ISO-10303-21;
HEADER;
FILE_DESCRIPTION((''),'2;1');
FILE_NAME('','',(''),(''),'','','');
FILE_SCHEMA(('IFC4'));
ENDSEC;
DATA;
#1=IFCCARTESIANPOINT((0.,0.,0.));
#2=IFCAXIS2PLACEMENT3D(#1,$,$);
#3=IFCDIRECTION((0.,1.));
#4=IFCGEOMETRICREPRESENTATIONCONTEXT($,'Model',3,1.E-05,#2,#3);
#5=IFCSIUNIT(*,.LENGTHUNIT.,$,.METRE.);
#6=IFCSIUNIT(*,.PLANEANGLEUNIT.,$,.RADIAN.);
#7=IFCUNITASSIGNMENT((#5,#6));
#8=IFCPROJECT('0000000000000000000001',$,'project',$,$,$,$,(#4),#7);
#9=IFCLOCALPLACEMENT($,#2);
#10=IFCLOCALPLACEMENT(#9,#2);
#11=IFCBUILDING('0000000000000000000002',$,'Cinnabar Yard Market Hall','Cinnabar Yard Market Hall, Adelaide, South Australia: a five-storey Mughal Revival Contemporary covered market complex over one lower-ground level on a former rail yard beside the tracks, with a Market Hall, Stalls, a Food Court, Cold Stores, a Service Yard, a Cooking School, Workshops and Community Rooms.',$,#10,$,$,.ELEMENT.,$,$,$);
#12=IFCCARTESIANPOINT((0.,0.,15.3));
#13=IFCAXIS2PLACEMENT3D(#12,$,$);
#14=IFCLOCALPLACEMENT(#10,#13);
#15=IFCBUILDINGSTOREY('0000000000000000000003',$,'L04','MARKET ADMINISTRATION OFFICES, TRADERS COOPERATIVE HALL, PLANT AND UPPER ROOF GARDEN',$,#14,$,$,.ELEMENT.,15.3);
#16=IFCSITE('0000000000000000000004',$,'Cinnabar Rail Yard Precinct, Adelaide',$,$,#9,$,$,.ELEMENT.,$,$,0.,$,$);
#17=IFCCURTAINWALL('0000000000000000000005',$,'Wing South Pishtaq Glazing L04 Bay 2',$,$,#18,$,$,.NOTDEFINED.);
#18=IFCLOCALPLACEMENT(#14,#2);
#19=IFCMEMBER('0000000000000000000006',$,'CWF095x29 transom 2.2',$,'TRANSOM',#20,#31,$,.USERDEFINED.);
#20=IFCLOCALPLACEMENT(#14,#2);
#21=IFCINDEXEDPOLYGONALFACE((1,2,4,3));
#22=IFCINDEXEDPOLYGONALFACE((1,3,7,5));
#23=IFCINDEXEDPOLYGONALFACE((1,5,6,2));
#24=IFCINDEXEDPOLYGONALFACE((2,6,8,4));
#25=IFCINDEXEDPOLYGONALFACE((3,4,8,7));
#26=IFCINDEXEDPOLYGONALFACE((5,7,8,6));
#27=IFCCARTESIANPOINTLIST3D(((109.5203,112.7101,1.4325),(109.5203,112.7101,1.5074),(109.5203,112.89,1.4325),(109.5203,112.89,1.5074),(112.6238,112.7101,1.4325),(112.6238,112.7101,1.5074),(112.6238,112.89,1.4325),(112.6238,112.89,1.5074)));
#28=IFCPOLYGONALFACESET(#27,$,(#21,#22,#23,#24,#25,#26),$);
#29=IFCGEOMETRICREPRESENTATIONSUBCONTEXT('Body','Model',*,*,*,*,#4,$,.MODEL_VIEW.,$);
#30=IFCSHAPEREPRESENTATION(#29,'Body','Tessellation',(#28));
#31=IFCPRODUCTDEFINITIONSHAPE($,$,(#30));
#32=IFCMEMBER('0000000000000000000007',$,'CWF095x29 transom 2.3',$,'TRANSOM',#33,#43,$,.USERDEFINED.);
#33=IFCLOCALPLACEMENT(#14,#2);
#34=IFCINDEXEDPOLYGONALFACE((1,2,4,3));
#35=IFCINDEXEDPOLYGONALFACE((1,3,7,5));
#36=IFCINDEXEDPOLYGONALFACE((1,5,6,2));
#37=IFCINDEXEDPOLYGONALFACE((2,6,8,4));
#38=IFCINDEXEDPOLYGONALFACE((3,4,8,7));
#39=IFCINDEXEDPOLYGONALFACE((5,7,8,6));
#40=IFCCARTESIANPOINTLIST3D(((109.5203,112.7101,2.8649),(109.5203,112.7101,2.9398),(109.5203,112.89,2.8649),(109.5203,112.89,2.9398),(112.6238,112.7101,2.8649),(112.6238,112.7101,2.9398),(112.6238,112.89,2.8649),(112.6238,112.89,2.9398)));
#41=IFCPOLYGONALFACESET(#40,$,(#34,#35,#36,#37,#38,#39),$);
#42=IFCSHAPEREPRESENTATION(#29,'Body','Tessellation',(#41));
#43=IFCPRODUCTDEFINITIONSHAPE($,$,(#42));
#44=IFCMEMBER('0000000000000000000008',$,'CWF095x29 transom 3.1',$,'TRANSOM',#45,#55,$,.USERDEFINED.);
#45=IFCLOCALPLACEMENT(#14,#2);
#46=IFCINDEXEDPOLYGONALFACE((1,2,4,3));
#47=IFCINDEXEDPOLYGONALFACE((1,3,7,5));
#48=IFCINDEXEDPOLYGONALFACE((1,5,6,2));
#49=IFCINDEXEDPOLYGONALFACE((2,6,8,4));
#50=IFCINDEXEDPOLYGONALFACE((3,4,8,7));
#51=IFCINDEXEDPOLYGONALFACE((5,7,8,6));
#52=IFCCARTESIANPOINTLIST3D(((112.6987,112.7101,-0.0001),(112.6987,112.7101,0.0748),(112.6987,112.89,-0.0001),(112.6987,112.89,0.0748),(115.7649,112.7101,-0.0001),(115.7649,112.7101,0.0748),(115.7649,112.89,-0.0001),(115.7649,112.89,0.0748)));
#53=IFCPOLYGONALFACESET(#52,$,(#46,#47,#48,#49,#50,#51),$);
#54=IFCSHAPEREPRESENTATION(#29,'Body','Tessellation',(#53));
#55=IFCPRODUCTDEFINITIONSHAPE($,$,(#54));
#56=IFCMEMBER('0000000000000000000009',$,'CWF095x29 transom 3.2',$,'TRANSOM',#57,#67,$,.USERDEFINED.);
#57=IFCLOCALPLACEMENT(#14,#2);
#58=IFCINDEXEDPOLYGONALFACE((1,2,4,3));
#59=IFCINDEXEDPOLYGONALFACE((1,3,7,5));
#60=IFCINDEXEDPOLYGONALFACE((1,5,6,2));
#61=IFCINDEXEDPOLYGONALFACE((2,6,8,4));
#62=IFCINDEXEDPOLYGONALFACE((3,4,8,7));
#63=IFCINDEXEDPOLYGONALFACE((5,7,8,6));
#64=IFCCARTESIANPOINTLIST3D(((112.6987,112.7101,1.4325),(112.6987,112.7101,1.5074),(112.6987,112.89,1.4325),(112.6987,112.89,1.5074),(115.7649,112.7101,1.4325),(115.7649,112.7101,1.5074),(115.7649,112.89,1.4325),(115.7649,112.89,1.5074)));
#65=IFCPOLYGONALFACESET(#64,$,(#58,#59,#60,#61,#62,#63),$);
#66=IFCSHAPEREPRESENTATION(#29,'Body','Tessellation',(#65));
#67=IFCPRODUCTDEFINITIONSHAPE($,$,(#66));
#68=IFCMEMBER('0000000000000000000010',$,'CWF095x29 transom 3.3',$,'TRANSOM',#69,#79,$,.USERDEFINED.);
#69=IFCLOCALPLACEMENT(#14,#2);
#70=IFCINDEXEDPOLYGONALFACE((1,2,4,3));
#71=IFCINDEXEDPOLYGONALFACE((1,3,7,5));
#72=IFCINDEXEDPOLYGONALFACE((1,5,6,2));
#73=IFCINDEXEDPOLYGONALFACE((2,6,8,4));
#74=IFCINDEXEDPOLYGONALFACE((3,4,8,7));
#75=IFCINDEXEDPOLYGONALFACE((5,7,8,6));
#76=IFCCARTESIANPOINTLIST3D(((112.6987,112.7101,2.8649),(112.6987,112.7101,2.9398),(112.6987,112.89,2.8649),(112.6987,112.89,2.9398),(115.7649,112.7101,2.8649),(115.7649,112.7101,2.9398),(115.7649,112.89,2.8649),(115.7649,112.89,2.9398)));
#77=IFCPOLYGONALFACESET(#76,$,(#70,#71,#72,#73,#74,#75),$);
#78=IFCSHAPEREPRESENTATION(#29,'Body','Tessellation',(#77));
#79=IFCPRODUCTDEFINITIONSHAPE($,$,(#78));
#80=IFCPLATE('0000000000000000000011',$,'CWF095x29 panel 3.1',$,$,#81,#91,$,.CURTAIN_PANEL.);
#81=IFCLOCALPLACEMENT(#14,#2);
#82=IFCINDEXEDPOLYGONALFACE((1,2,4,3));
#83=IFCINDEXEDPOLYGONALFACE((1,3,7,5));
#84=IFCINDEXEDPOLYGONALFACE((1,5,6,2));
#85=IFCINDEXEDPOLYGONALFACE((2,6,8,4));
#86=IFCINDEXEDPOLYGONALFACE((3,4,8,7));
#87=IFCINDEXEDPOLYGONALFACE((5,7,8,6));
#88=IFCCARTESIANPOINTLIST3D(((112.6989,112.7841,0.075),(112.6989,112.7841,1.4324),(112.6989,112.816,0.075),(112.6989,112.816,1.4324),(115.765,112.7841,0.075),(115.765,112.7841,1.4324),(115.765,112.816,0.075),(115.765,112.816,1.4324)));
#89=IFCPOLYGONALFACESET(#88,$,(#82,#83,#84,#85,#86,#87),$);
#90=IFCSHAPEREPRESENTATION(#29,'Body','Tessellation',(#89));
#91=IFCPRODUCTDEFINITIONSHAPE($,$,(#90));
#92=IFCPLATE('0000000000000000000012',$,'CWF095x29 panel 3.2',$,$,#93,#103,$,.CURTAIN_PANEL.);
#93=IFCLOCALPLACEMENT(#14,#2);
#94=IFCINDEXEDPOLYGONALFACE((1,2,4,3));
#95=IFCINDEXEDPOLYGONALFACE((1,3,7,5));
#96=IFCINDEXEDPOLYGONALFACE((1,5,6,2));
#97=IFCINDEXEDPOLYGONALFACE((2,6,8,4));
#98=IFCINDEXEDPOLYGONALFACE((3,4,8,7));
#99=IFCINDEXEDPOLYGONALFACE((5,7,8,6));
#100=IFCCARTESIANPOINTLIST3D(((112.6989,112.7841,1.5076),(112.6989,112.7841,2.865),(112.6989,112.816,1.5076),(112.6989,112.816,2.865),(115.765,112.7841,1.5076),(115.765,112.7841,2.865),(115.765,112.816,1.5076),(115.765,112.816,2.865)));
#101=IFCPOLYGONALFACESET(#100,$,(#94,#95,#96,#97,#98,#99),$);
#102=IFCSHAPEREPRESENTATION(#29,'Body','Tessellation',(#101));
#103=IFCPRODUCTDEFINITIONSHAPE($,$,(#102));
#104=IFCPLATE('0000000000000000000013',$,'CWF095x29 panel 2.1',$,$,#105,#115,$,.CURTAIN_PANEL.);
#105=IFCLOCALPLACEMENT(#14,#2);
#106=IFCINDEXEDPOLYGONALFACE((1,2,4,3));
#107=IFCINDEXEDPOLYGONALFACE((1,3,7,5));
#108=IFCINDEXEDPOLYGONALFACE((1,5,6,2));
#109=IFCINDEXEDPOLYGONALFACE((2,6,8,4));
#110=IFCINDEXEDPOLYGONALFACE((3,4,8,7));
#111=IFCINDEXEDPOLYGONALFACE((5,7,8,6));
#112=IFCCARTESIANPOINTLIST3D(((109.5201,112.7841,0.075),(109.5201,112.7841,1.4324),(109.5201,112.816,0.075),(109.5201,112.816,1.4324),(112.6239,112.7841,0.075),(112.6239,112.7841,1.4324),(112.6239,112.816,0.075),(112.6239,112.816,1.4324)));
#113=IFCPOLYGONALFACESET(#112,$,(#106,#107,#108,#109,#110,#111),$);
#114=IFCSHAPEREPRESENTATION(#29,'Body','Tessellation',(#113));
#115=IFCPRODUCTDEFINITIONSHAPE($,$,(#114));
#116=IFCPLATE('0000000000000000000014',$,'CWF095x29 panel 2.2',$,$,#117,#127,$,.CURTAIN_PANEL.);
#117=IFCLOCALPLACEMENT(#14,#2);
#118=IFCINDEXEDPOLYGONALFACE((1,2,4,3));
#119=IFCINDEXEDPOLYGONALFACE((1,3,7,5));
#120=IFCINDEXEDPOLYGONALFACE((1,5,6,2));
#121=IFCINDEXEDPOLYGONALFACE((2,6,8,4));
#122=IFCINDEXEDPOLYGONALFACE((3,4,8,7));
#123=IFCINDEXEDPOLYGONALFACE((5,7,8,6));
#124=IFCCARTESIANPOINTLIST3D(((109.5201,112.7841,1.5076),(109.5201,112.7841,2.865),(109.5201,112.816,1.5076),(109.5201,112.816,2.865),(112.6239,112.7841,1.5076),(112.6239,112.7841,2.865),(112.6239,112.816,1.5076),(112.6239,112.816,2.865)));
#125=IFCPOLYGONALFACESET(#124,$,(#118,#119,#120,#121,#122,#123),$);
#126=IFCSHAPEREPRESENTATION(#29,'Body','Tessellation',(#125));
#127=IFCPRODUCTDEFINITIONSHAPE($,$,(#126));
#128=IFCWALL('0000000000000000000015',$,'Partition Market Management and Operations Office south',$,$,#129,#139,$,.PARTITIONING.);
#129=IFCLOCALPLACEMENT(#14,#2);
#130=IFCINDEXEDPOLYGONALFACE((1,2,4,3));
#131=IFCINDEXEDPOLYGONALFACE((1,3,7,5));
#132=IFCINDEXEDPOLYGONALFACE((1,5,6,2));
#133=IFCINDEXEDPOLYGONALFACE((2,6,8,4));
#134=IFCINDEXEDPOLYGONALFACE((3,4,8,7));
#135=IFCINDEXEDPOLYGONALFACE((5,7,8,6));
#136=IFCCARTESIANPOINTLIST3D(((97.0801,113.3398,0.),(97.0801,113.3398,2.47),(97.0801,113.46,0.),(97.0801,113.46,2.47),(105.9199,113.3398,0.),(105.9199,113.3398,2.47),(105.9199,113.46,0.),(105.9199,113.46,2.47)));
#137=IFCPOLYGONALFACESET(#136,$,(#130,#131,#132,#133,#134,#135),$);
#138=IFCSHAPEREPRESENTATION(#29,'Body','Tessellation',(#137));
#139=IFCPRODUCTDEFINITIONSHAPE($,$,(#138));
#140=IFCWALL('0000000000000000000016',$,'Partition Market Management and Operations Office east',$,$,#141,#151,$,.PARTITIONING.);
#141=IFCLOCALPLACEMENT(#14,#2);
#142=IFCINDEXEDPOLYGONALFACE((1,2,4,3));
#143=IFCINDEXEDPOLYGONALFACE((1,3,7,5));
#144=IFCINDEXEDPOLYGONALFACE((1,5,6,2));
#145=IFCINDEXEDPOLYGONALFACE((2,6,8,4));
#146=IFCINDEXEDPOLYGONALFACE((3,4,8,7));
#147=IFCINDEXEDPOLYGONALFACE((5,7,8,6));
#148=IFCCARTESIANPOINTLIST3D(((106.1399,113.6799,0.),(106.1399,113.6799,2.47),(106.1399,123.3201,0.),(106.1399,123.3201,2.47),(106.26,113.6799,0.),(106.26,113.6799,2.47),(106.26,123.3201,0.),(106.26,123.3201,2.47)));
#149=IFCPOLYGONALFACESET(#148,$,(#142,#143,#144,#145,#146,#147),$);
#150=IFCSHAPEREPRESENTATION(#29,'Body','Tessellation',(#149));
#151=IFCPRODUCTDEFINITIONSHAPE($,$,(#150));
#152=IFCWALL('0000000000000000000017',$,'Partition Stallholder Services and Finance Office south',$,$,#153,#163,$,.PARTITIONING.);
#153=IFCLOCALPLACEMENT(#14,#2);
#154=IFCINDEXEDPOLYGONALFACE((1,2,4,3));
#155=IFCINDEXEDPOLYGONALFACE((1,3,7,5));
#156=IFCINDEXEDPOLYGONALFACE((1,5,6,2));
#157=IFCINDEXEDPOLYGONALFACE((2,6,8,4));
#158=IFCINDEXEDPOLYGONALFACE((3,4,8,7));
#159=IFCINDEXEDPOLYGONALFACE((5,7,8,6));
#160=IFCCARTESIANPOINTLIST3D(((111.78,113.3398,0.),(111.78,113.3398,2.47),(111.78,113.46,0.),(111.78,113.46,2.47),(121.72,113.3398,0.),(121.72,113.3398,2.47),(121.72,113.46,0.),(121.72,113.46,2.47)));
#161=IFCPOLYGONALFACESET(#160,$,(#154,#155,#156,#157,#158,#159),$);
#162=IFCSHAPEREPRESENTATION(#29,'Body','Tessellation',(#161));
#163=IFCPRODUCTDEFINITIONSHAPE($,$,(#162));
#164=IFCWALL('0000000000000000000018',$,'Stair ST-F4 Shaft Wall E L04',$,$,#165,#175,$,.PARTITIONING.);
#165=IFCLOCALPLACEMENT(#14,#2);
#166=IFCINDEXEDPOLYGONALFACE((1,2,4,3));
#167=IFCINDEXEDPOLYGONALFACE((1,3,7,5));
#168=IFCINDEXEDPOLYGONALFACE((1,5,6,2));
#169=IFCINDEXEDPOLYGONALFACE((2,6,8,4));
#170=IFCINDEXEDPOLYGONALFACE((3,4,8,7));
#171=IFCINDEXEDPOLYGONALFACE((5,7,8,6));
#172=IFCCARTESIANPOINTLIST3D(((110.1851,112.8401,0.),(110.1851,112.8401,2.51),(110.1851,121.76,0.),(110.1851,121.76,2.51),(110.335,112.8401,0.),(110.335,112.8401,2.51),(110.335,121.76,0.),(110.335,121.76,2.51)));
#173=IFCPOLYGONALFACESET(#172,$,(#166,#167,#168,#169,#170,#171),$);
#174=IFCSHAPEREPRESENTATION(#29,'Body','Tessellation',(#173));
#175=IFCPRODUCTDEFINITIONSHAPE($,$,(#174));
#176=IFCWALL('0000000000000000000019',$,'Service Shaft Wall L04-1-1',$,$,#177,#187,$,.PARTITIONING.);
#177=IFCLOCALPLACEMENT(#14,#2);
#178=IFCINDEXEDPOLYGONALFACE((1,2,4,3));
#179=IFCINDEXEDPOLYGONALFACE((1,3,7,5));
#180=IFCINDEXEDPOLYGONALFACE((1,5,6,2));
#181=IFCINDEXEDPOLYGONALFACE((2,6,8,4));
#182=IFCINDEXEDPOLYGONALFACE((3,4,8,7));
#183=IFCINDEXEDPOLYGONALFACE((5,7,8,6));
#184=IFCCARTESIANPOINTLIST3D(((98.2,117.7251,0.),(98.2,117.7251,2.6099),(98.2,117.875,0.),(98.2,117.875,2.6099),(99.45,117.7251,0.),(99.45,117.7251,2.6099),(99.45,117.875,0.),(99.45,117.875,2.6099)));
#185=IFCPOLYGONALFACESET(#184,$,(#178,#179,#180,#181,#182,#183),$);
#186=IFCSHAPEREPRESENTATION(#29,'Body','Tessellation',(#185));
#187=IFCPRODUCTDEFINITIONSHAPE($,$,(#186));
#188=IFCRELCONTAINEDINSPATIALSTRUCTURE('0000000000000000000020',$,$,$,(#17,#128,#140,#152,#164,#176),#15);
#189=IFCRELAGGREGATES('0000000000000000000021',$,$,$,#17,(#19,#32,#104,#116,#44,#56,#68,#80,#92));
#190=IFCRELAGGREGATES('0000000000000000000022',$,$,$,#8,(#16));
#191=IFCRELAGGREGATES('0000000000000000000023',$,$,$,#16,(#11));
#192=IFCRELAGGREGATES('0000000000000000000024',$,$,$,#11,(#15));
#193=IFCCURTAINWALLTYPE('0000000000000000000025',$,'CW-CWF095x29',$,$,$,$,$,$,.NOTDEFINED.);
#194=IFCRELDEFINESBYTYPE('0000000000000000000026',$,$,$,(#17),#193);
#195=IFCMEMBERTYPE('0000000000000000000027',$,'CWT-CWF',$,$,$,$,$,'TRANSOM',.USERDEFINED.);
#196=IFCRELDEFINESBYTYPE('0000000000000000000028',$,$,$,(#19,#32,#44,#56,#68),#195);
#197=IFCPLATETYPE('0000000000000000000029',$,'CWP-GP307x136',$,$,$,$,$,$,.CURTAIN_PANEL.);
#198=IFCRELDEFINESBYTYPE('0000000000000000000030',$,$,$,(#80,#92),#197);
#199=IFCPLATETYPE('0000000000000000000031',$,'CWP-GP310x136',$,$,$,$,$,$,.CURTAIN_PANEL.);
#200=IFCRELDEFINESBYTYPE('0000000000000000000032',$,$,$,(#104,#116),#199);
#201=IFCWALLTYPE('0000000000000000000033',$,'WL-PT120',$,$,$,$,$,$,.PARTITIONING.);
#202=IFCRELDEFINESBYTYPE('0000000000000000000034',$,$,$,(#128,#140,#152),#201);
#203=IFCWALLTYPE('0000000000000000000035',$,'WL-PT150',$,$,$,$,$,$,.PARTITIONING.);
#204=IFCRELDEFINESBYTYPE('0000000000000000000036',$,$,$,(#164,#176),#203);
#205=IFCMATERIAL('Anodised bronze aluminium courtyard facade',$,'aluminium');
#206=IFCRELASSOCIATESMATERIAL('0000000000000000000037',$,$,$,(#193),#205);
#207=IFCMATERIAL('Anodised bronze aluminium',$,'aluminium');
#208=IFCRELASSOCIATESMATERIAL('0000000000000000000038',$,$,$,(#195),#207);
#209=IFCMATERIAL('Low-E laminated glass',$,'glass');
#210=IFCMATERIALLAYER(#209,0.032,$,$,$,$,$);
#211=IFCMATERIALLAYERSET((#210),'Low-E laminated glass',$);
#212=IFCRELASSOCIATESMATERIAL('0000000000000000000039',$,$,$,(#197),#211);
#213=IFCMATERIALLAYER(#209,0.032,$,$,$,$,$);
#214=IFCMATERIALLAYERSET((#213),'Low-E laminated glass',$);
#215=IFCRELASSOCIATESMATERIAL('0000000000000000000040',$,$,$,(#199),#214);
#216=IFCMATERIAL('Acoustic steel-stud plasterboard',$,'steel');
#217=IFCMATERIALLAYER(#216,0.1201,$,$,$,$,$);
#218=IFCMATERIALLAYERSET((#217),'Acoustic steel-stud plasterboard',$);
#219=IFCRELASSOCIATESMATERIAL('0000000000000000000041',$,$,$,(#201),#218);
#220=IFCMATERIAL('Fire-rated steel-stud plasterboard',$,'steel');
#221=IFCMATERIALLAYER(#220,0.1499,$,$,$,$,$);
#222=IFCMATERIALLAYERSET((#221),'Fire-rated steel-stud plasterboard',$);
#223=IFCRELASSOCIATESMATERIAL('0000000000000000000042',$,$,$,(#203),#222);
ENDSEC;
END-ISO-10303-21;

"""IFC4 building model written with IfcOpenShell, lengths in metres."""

from ifc_helpers import new_model, si_unit, direction, frame, frame_2d, origin, origin_2d_with_axis, place, context, subcontext, project, spatial, rectangle, extrude, material, layer, layer_set, material_profile, profile_set, type_object, element, aggregate, save


model = new_model("IFC4")

# Units and contexts
model_context = context("Model", 3, precision=1e-05, world=origin(), true_north=direction((0.0, 1.0)))
body_context = subcontext(model_context, "Body", "Model", "MODEL_VIEW")
ifc_project = project(units=[si_unit("LENGTHUNIT", "METRE"), si_unit("PLANEANGLEUNIT", "RADIAN")], contexts=[model_context])

# Site, building, storey
site_placement = place(None, origin())
site = spatial("IfcSite", under=ifc_project, at=site_placement, Name="Cinnabar Rail Yard Precinct, Adelaide", CompositionType="ELEMENT", RefElevation=0.0)
building_placement = place(site_placement, origin())
building = spatial("IfcBuilding", under=site, at=building_placement, Name="Cinnabar Yard Market Hall", Description="Cinnabar Yard Market Hall, Adelaide, South Australia: a five-storey Mughal Revival Contemporary covered market complex over one lower-ground level on a former rail yard beside the tracks, with a Market Hall, Stalls, a Food Court, Cold Stores, a Service Yard, a Cooking School, Workshops and Community Rooms.", CompositionType="ELEMENT")
storey_placement = place(building_placement, frame((0.0, 0.0, 15.3)))
storey = spatial("IfcBuildingStorey", under=building, at=storey_placement, Name="L04", Description="MARKET ADMINISTRATION OFFICES, TRADERS COOPERATIVE HALL, PLANT AND UPPER ROOF GARDEN", CompositionType="ELEMENT", Elevation=15.3)

# Curtain wall, members, plates
ifc_material_1 = material(Name="Anodised bronze aluminium courtyard facade", Category="aluminium")
curtain_wall_type = type_object("IfcCurtainWallType", Name="CW-CWF095x29", PredefinedType="NOTDEFINED", material=ifc_material_1)
curtain_wall_placement = place(storey_placement, origin())
curtain_wall = element("IfcCurtainWall", 1, at=curtain_wall_placement, inside=storey, type_object=curtain_wall_type, Name="Wing South Pishtaq Glazing L04 Bay 2", PredefinedType="NOTDEFINED")
ifc_material_2 = material(Name="Anodised bronze aluminium", Category="aluminium")
ifc_material_profile_1 = material_profile(ifc_material_2, rectangle(XDim=0.1799, YDim=0.075, at=origin_2d_with_axis()), Name="TRN-CWF")
ifc_profile_set_1 = profile_set([ifc_material_profile_1], Name="Anodised bronze aluminium")
member_type_1 = type_object("IfcMemberType", Name="CWT-CWF", ElementType="TRANSOM", PredefinedType="USERDEFINED", material=ifc_profile_set_1)
member_1_placement = place(storey_placement, frame((109.5203, 112.8, 1.47), z_axis=(1.0, 0.0, 0.0), x_axis=(0.0, 1.0, 0.0)))
member_1 = element("IfcMember", 2, at=member_1_placement, type_object=member_type_1, Name="CWF095x29 transom 2.2", ObjectType="TRANSOM", PredefinedType="USERDEFINED", context=body_context, shape_type="SweptSolid", body=[
    extrude(rectangle(XDim=0.1799, YDim=0.075, at=origin_2d_with_axis()), origin(), (0.0, 0.0, 1.0), 3.1035),
])
member_2_placement = place(storey_placement, frame((109.5203, 112.8, 2.9023), z_axis=(1.0, 0.0, 0.0), x_axis=(0.0, 1.0, 0.0)))
member_2 = element("IfcMember", 3, at=member_2_placement, type_object=member_type_1, Name="CWF095x29 transom 2.3", ObjectType="TRANSOM", PredefinedType="USERDEFINED", context=body_context, shape_type="SweptSolid", body=[
    extrude(rectangle(XDim=0.1799, YDim=0.075, at=origin_2d_with_axis()), origin(), (0.0, 0.0, 1.0), 3.1035),
])
member_3_placement = place(storey_placement, frame((112.6987, 112.8, 0.0374), z_axis=(1.0, 0.0, 0.0), x_axis=(0.0, 1.0, 0.0)))
member_3 = element("IfcMember", 4, at=member_3_placement, type_object=member_type_1, Name="CWF095x29 transom 3.1", ObjectType="TRANSOM", PredefinedType="USERDEFINED", context=body_context, shape_type="SweptSolid", body=[
    extrude(rectangle(XDim=0.1799, YDim=0.075, at=origin_2d_with_axis()), origin(), (0.0, 0.0, 1.0), 3.0662),
])
member_4_placement = place(storey_placement, frame((112.6987, 112.8, 1.47), z_axis=(1.0, 0.0, 0.0), x_axis=(0.0, 1.0, 0.0)))
member_4 = element("IfcMember", 5, at=member_4_placement, type_object=member_type_1, Name="CWF095x29 transom 3.2", ObjectType="TRANSOM", PredefinedType="USERDEFINED", context=body_context, shape_type="SweptSolid", body=[
    extrude(rectangle(XDim=0.1799, YDim=0.075, at=origin_2d_with_axis()), origin(), (0.0, 0.0, 1.0), 3.0662),
])
member_5_placement = place(storey_placement, frame((112.6987, 112.8, 2.9023), z_axis=(1.0, 0.0, 0.0), x_axis=(0.0, 1.0, 0.0)))
member_5 = element("IfcMember", 6, at=member_5_placement, type_object=member_type_1, Name="CWF095x29 transom 3.3", ObjectType="TRANSOM", PredefinedType="USERDEFINED", context=body_context, shape_type="SweptSolid", body=[
    extrude(rectangle(XDim=0.1799, YDim=0.075, at=origin_2d_with_axis()), origin(), (0.0, 0.0, 1.0), 3.0662),
])
ifc_material_3 = material(Name="Low-E laminated glass", Category="glass")
ifc_layer_1 = layer(ifc_material_3, 0.032)
ifc_layer_set_1 = layer_set([ifc_layer_1], Name="Low-E laminated glass")
plate_type_1 = type_object("IfcPlateType", Name="CWP-GP307x136", PredefinedType="CURTAIN_PANEL", material=ifc_layer_set_1)
plate_1_placement = place(storey_placement, frame((114.2319, 112.8, 0.075), z_axis=(0.0, 0.0, 1.0), x_axis=(1.0, 0.0, 0.0)))
plate_1 = element("IfcPlate", 7, at=plate_1_placement, type_object=plate_type_1, Name="CWF095x29 panel 3.1", PredefinedType="CURTAIN_PANEL", context=body_context, shape_type="SweptSolid", body=[
    extrude(rectangle(XDim=3.0662, YDim=0.032, at=origin_2d_with_axis()), origin(), (0.0, 0.0, 1.0), 1.3574),
])
plate_2_placement = place(storey_placement, frame((114.2319, 112.8, 1.5076), z_axis=(0.0, 0.0, 1.0), x_axis=(1.0, 0.0, 0.0)))
plate_2 = element("IfcPlate", 8, at=plate_2_placement, type_object=plate_type_1, Name="CWF095x29 panel 3.2", PredefinedType="CURTAIN_PANEL", context=body_context, shape_type="SweptSolid", body=[
    extrude(rectangle(XDim=3.0662, YDim=0.032, at=origin_2d_with_axis()), origin(), (0.0, 0.0, 1.0), 1.3574),
])
ifc_layer_2 = layer(ifc_material_3, 0.032)
ifc_layer_set_2 = layer_set([ifc_layer_2], Name="Low-E laminated glass")
plate_type_2 = type_object("IfcPlateType", Name="CWP-GP310x136", PredefinedType="CURTAIN_PANEL", material=ifc_layer_set_2)
plate_3_placement = place(storey_placement, frame((111.072, 112.8, 0.075), z_axis=(0.0, 0.0, 1.0), x_axis=(1.0, 0.0, 0.0)))
plate_3 = element("IfcPlate", 9, at=plate_3_placement, type_object=plate_type_2, Name="CWF095x29 panel 2.1", PredefinedType="CURTAIN_PANEL", context=body_context, shape_type="SweptSolid", body=[
    extrude(rectangle(XDim=3.1038, YDim=0.032, at=origin_2d_with_axis()), origin(), (0.0, 0.0, 1.0), 1.3574),
])
plate_4_placement = place(storey_placement, frame((111.072, 112.8, 1.5076), z_axis=(0.0, 0.0, 1.0), x_axis=(1.0, 0.0, 0.0)))
plate_4 = element("IfcPlate", 10, at=plate_4_placement, type_object=plate_type_2, Name="CWF095x29 panel 2.2", PredefinedType="CURTAIN_PANEL", context=body_context, shape_type="SweptSolid", body=[
    extrude(rectangle(XDim=3.1038, YDim=0.032, at=origin_2d_with_axis()), origin(), (0.0, 0.0, 1.0), 1.3574),
])
aggregate(curtain_wall, [member_1, member_2, plate_3, plate_4, member_3, member_4, member_5, plate_1, plate_2])

# Walls
ifc_material_4 = material(Name="Acoustic steel-stud plasterboard", Category="steel")
ifc_layer_3 = layer(ifc_material_4, 0.1201)
ifc_layer_set_3 = layer_set([ifc_layer_3], Name="Acoustic steel-stud plasterboard")
wall_type_1 = type_object("IfcWallType", Name="WL-PT120", PredefinedType="PARTITIONING", material=ifc_layer_set_3)
wall_1_placement = place(storey_placement, frame((97.0801, 113.3999, 0.0), z_axis=(0.0, 0.0, 1.0), x_axis=(1.0, 0.0, 0.0)))
element("IfcWall", 11, at=wall_1_placement, inside=storey, type_object=wall_type_1, Name="Partition Market Management and Operations Office south", PredefinedType="PARTITIONING", context=body_context, shape_type="SweptSolid", body=[
    extrude(rectangle(XDim=8.8398, YDim=0.1201, at=frame_2d((4.4199, 0.0), x_axis=(1.0, 0.0))), origin(), (0.0, 0.0, 1.0), 2.47),
])
wall_2_placement = place(storey_placement, frame((106.2, 113.6799, 0.0), z_axis=(0.0, 0.0, 1.0), x_axis=(0.0, 1.0, 0.0)))
element("IfcWall", 12, at=wall_2_placement, inside=storey, type_object=wall_type_1, Name="Partition Market Management and Operations Office east", PredefinedType="PARTITIONING", context=body_context, shape_type="SweptSolid", body=[
    extrude(rectangle(XDim=9.6401, YDim=0.1201, at=frame_2d((4.8201, 0.0), x_axis=(1.0, 0.0))), origin(), (0.0, 0.0, 1.0), 2.47),
])
wall_3_placement = place(storey_placement, frame((111.78, 113.3999, 0.0), z_axis=(0.0, 0.0, 1.0), x_axis=(1.0, 0.0, 0.0)))
element("IfcWall", 13, at=wall_3_placement, inside=storey, type_object=wall_type_1, Name="Partition Stallholder Services and Finance Office south", PredefinedType="PARTITIONING", context=body_context, shape_type="SweptSolid", body=[
    extrude(rectangle(XDim=9.9399, YDim=0.1201, at=frame_2d((4.97, 0.0), x_axis=(1.0, 0.0))), origin(), (0.0, 0.0, 1.0), 2.47),
])
ifc_material_5 = material(Name="Fire-rated steel-stud plasterboard", Category="steel")
ifc_layer_4 = layer(ifc_material_5, 0.1499)
ifc_layer_set_4 = layer_set([ifc_layer_4], Name="Fire-rated steel-stud plasterboard")
wall_type_2 = type_object("IfcWallType", Name="WL-PT150", PredefinedType="PARTITIONING", material=ifc_layer_set_4)
wall_4_placement = place(storey_placement, frame((110.26, 112.8401, 0.0), z_axis=(0.0, 0.0, 1.0), x_axis=(0.0, 1.0, 0.0)))
element("IfcWall", 14, at=wall_4_placement, inside=storey, type_object=wall_type_2, Name="Stair ST-F4 Shaft Wall E L04", PredefinedType="PARTITIONING", context=body_context, shape_type="SweptSolid", body=[
    extrude(rectangle(XDim=8.9199, YDim=0.1499, at=frame_2d((4.46, 0.0), x_axis=(1.0, 0.0))), origin(), (0.0, 0.0, 1.0), 2.51),
])
for number, where, z_axis, x_axis, name in (
    (15, (98.2, 117.8, 0.0), (0.0, 0.0, 1.0), (1.0, 0.0, 0.0), "Service Shaft Wall L04-1-1"),
):
    element("IfcWall", number, at=place(storey_placement, frame(where, z_axis=z_axis, x_axis=x_axis)), inside=storey, type_object=wall_type_2, Name=name, PredefinedType="PARTITIONING", context=body_context, shape_type="SweptSolid", body=[
        extrude(rectangle(XDim=1.25, YDim=0.1499, at=frame_2d((0.625, 0.0), x_axis=(1.0, 0.0))), origin(), (0.0, 0.0, 1.0), 2.6099),
    ])

save(model, "model.ifc")
